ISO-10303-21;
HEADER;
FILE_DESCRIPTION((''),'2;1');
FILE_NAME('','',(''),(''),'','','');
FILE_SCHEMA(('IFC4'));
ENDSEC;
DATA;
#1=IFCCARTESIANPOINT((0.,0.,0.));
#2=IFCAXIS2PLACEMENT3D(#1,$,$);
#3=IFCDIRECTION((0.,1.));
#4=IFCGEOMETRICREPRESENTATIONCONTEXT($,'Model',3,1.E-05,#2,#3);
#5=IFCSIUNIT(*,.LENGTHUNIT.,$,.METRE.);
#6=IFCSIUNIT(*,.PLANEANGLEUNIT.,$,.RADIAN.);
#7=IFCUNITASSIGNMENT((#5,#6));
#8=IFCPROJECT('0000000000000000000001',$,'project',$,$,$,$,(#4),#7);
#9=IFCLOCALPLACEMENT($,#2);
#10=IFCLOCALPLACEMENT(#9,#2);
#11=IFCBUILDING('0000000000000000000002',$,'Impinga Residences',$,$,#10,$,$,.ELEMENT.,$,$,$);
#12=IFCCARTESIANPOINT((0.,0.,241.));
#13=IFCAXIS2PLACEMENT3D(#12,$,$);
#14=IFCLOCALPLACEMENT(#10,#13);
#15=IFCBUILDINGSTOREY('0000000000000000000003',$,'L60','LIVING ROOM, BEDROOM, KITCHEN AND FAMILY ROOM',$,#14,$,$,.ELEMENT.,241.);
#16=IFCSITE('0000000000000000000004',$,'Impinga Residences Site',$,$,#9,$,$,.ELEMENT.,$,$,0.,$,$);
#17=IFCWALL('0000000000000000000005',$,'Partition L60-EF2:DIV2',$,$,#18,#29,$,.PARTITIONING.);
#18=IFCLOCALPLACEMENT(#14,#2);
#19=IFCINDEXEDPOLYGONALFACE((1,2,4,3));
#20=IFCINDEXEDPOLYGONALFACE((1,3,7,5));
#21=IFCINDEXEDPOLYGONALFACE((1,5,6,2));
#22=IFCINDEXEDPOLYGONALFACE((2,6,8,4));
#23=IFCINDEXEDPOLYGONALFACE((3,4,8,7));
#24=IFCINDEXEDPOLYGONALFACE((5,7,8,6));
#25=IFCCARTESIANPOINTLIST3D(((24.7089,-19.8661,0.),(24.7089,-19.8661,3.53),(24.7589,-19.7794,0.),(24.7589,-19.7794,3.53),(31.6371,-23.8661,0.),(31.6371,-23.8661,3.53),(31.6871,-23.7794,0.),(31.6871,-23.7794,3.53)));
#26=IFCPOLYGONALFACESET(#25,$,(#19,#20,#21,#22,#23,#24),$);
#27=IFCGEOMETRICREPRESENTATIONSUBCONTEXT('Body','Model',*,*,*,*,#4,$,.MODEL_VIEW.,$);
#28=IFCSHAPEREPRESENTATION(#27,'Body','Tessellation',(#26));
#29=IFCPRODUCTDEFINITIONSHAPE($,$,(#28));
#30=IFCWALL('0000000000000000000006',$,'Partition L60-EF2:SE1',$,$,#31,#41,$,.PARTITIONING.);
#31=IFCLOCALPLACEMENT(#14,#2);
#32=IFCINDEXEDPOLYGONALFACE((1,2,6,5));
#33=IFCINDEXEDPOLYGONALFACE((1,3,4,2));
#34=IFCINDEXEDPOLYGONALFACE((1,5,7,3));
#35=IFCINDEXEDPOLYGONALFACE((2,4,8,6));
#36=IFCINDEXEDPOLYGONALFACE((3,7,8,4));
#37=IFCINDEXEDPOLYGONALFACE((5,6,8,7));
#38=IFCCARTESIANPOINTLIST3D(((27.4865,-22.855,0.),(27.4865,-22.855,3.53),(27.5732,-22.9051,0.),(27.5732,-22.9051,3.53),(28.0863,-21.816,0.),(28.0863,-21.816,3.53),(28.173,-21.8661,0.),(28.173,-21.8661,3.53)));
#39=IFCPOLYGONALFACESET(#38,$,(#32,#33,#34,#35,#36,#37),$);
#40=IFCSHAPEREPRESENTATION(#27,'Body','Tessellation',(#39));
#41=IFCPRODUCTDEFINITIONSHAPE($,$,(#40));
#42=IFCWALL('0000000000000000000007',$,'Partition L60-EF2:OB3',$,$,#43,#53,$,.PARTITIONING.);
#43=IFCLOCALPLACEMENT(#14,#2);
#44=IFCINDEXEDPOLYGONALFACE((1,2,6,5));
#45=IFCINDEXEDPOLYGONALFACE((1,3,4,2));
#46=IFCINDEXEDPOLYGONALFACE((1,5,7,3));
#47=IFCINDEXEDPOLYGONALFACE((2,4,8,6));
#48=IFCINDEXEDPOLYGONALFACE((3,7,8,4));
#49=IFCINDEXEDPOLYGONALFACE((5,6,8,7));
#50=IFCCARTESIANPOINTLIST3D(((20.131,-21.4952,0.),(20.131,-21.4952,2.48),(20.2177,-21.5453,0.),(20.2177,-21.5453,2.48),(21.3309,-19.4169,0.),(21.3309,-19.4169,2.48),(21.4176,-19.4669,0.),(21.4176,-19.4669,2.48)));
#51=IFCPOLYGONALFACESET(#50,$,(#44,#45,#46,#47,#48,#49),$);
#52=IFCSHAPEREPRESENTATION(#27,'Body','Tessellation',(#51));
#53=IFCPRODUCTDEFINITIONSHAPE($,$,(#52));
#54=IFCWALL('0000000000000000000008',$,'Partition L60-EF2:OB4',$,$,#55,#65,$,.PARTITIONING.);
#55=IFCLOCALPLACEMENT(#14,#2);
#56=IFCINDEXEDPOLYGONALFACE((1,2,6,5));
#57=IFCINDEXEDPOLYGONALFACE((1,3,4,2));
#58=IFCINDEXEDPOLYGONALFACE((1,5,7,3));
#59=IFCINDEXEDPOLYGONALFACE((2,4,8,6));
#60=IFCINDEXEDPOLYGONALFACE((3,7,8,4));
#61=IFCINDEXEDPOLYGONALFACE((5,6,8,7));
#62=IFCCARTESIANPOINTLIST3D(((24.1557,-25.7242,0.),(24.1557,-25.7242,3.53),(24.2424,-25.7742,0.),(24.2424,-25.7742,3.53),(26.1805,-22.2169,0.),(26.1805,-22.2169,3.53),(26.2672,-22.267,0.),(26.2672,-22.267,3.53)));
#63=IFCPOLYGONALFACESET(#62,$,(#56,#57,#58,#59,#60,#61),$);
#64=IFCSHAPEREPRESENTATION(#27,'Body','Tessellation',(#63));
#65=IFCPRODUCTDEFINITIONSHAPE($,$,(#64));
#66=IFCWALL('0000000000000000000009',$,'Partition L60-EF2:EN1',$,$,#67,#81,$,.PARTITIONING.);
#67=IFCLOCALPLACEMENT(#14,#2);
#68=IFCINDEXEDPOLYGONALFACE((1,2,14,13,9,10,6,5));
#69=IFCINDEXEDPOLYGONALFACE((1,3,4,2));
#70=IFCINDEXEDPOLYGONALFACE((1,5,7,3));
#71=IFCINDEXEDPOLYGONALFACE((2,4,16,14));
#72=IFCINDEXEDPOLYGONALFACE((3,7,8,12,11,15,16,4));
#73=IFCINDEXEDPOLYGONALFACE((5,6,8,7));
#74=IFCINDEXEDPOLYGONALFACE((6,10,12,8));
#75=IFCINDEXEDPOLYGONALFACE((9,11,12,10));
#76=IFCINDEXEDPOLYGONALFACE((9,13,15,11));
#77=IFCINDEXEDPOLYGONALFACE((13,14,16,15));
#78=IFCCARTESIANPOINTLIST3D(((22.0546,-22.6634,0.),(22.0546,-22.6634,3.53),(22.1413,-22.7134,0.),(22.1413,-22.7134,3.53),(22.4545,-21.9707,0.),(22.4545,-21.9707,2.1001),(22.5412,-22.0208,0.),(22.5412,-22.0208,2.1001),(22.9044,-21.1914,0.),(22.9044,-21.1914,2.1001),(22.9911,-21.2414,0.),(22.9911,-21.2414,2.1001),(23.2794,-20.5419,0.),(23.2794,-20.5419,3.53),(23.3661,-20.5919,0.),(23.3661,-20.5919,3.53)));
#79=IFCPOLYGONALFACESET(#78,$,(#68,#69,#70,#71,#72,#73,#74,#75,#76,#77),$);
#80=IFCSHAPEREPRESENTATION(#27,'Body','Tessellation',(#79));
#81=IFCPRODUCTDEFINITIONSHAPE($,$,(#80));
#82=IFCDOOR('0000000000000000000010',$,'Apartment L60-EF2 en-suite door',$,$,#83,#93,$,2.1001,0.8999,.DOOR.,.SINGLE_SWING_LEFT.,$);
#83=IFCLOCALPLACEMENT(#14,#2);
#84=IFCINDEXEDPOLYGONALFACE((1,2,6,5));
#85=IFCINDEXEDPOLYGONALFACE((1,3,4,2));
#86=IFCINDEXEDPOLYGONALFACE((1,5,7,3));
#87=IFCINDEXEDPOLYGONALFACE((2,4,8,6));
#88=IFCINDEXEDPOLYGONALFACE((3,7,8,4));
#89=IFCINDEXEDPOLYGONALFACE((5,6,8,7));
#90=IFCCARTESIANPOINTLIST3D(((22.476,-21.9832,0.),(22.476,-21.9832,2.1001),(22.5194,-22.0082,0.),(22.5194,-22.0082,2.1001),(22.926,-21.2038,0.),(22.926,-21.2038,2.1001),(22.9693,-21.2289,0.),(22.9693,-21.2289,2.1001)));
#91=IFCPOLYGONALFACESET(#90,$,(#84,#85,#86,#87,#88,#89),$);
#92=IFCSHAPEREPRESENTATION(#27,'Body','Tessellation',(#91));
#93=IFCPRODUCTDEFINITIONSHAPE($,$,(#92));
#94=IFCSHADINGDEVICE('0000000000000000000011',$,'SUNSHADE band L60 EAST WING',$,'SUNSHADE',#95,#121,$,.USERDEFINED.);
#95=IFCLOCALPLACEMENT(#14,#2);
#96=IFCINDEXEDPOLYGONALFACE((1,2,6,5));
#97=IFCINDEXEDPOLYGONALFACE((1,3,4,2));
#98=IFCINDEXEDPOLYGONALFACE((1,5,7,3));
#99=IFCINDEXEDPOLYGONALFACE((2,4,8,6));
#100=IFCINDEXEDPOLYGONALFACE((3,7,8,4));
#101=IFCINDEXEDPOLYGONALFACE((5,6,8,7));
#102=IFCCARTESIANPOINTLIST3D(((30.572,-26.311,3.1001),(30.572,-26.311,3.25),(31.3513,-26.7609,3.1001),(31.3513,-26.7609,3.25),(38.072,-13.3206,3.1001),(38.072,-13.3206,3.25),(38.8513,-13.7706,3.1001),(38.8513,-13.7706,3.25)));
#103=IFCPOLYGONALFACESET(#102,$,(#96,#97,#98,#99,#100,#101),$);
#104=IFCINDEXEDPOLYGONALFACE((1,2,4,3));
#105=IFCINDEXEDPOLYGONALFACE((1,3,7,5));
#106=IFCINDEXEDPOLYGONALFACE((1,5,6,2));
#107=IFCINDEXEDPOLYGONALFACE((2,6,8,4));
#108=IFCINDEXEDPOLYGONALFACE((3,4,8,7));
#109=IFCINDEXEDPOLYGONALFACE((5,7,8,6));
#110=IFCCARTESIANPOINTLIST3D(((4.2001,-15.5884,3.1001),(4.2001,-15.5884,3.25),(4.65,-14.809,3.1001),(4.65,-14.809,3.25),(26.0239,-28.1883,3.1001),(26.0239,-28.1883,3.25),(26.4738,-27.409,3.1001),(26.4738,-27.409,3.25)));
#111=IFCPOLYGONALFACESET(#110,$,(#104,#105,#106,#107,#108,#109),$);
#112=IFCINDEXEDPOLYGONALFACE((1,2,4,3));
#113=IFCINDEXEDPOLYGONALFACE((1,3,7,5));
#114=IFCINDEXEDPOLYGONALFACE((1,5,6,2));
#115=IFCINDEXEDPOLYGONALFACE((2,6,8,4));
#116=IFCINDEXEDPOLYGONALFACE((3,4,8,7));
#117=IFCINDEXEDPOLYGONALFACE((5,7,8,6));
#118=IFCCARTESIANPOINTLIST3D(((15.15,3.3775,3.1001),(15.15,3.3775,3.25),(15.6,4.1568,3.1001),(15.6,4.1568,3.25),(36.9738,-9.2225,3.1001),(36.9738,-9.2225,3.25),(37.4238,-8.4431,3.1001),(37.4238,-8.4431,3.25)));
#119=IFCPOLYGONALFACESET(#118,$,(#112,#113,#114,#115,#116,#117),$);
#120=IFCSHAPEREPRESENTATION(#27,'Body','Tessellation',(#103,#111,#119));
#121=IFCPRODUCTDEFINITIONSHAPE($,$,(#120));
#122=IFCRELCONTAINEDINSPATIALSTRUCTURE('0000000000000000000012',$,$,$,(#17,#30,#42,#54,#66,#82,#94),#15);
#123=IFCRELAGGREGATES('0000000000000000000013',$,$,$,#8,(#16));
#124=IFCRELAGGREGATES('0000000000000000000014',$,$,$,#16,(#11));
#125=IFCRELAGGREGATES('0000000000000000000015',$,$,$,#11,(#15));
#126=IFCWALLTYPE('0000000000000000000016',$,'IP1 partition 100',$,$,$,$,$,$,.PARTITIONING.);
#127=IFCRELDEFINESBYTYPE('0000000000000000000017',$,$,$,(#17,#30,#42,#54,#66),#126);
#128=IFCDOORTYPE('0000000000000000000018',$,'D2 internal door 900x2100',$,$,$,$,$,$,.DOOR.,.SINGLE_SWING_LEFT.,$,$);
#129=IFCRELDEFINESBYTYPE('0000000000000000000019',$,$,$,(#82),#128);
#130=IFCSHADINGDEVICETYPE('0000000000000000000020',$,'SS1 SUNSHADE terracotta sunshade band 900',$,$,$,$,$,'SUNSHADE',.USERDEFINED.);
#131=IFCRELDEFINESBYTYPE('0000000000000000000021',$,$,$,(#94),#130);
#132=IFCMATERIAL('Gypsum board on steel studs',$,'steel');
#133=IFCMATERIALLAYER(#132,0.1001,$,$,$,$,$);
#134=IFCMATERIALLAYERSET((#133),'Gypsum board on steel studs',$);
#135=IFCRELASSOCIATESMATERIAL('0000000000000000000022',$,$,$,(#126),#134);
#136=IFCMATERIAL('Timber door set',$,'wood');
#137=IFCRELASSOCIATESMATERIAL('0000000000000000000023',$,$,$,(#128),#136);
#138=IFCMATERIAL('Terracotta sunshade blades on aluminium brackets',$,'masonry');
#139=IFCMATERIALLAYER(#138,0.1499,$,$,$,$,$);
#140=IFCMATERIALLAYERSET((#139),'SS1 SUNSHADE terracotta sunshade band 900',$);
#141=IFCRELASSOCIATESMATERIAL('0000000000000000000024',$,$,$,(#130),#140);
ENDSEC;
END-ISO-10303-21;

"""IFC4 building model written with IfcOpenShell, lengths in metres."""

from ifc_helpers import new_model, si_unit, direction, frame, frame_2d, origin, origin_2d, place, context, subcontext, project, spatial, rectangle, extrude, material, layer, layer_set, type_object, element, fill, save


model = new_model("IFC4")

# Units and contexts
model_context = context("Model", 3, precision=1e-05, world=origin(), true_north=direction((0.0, 1.0)))
body_context = subcontext(model_context, "Body", "Model", "MODEL_VIEW")
ifc_project = project(units=[si_unit("LENGTHUNIT", "METRE"), si_unit("PLANEANGLEUNIT", "RADIAN")], contexts=[model_context])

# Site, building, storey
site_placement = place(None, origin())
site = spatial("IfcSite", under=ifc_project, at=site_placement, Name="Impinga Residences Site", CompositionType="ELEMENT", RefElevation=0.0)
building_placement = place(site_placement, origin())
building = spatial("IfcBuilding", under=site, at=building_placement, Name="Impinga Residences", CompositionType="ELEMENT")
storey_placement = place(building_placement, frame((0.0, 0.0, 241.0)))
storey = spatial("IfcBuildingStorey", under=building, at=storey_placement, Name="L60", Description="LIVING ROOM, BEDROOM, KITCHEN AND FAMILY ROOM", CompositionType="ELEMENT", Elevation=241.0)

# Walls
ifc_material_1 = material(Name="Gypsum board on steel studs", Category="steel")
ifc_layer_1 = layer(ifc_material_1, 0.1001)
ifc_layer_set_1 = layer_set([ifc_layer_1], Name="Gypsum board on steel studs")
wall_type_1 = type_object("IfcWallType", Name="IP1 partition 100", PredefinedType="PARTITIONING", material=ifc_layer_set_1)
wall_1_placement = place(storey_placement, frame((24.7339, -19.8228, 0.0), z_axis=(0.0, 0.0, 1.0), x_axis=(0.866026, -0.499999, 0.0)))
element("IfcWall", 1, at=wall_1_placement, inside=storey, type_object=wall_type_1, Name="Partition L60-EF2:DIV2", PredefinedType="PARTITIONING", context=body_context, shape_type="SweptSolid", body=[
    extrude(rectangle(XDim=8.0, YDim=0.1001, at=frame_2d((4.0, 0.0))), origin(), (0.0, 0.0, 1.0), 3.53),
])
wall_2_placement = place(storey_placement, frame((28.1296, -21.8411, 0.0), z_axis=(0.0, 0.0, 1.0), x_axis=(-0.499969, -0.866043, 0.0)))
element("IfcWall", 2, at=wall_2_placement, inside=storey, type_object=wall_type_1, Name="Partition L60-EF2:SE1", PredefinedType="PARTITIONING", context=body_context, shape_type="SweptSolid", body=[
    extrude(rectangle(XDim=1.1997, YDim=0.1001, at=frame_2d((0.5999, 0.0))), origin(), (0.0, 0.0, 1.0), 3.53),
])
wall_3_placement = place(storey_placement, frame((21.3743, -19.4419, 0.0), z_axis=(0.0, 0.0, 1.0), x_axis=(-0.500001, -0.866025, 0.0)))
element("IfcWall", 3, at=wall_3_placement, inside=storey, type_object=wall_type_1, Name="Partition L60-EF2:OB3", PredefinedType="PARTITIONING", context=body_context, shape_type="SweptSolid", body=[
    extrude(rectangle(XDim=2.3999, YDim=0.1001, at=frame_2d((1.2, 0.0))), origin(), (0.0, 0.0, 1.0), 2.48),
])
wall_4_placement = place(storey_placement, frame((26.2239, -22.2419, 0.0), z_axis=(0.0, 0.0, 1.0), x_axis=(-0.49999, -0.866031, 0.0)))
element("IfcWall", 4, at=wall_4_placement, inside=storey, type_object=wall_type_1, Name="Partition L60-EF2:OB4", PredefinedType="PARTITIONING", context=body_context, shape_type="SweptSolid", body=[
    extrude(rectangle(XDim=4.0498, YDim=0.1001, at=frame_2d((2.0249, 0.0))), origin(), (0.0, 0.0, 1.0), 3.53),
])

# Wall, opening, door
wall_5_placement = place(storey_placement, frame((23.3228, -20.5669, 0.0), z_axis=(0.0, 0.0, 1.0), x_axis=(-0.499987, -0.866033, 0.0)))
wall_5 = element("IfcWall", 5, at=wall_5_placement, inside=storey, type_object=wall_type_1, Name="Partition L60-EF2:EN1", PredefinedType="PARTITIONING", context=body_context, shape_type="SweptSolid", body=[
    extrude(rectangle(XDim=2.4497, YDim=0.1001, at=frame_2d((1.2249, 0.0))), origin(), (0.0, 0.0, 1.0), 3.53),
])
opening_1_placement = place(wall_5_placement, frame((0.75, 0.0, 0.0)))
opening_1 = element("IfcOpeningElement", 6, at=opening_1_placement, cuts=wall_5, PredefinedType="OPENING", context=body_context, shape_type="SweptSolid", body=[
    extrude(rectangle(XDim=0.8999, YDim=2.1001, at=frame_2d((0.45, 1.05))), frame((0.0, 0.0601, 0.0), z_axis=(0.0, -1.0, 0.0), x_axis=(1.0, 0.0, 0.0)), (0.0, 0.0, 1.0), 0.1201),
])
ifc_material_2 = material(Name="Timber door set", Category="wood")
door_type = type_object("IfcDoorType", Name="D2 internal door 900x2100", OperationType="SINGLE_SWING_LEFT", PredefinedType="DOOR", material=ifc_material_2)
door_placement = place(opening_1_placement, origin())
door = element("IfcDoor", 7, at=door_placement, inside=storey, type_object=door_type, Name="Apartment L60-EF2 en-suite door", OperationType="SINGLE_SWING_LEFT", OverallHeight=2.1001, OverallWidth=0.8999, PredefinedType="DOOR", context=body_context, shape_type="SweptSolid", body=[
    extrude(rectangle(XDim=0.8999, YDim=2.1001, at=frame_2d((0.45, 1.05))), frame((0.0, 0.0249, 0.0), z_axis=(0.0, -1.0, 0.0), x_axis=(1.0, 0.0, 0.0)), (0.0, 0.0, 1.0), 0.05),
])
fill(opening_1, door)

# Shading device
ifc_material_3 = material(Name="Terracotta sunshade blades on aluminium brackets", Category="masonry")
ifc_layer_2 = layer(ifc_material_3, 0.1499)
ifc_layer_set_2 = layer_set([ifc_layer_2], Name="SS1 SUNSHADE terracotta sunshade band 900")
shading_device_type = type_object("IfcShadingDeviceType", Name="SS1 SUNSHADE terracotta sunshade band 900", ElementType="SUNSHADE", PredefinedType="USERDEFINED", material=ifc_layer_set_2)
shading_device_placement = place(storey_placement, frame((34.7117, -20.0408, 3.1001), z_axis=(0.0, 0.0, 1.0), x_axis=(-0.5, -0.866025, 0.0)))
element("IfcShadingDevice", 8, at=shading_device_placement, inside=storey, type_object=shading_device_type, Name="SUNSHADE band L60 EAST WING", ObjectType="SUNSHADE", PredefinedType="USERDEFINED", context=body_context, shape_type="SweptSolid", body=[
    extrude(rectangle(XDim=15.0, YDim=0.8999, at=origin_2d()), origin(), (0.0, 0.0, 1.0), 0.1499),
    extrude(rectangle(XDim=25.2, YDim=0.8999, at=origin_2d()), frame((10.95, -16.05, 0.0), z_axis=(0.0, 0.0, 1.0), x_axis=(0.0, -1.0, 0.0)), (0.0, 0.0, 1.0), 0.1499),
    extrude(rectangle(XDim=25.2, YDim=0.8999, at=origin_2d()), frame((-10.95, -16.05, 0.0), z_axis=(0.0, 0.0, 1.0), x_axis=(0.0, 1.0, 0.0)), (0.0, 0.0, 1.0), 0.1499),
])

save(model, "model.ifc")
